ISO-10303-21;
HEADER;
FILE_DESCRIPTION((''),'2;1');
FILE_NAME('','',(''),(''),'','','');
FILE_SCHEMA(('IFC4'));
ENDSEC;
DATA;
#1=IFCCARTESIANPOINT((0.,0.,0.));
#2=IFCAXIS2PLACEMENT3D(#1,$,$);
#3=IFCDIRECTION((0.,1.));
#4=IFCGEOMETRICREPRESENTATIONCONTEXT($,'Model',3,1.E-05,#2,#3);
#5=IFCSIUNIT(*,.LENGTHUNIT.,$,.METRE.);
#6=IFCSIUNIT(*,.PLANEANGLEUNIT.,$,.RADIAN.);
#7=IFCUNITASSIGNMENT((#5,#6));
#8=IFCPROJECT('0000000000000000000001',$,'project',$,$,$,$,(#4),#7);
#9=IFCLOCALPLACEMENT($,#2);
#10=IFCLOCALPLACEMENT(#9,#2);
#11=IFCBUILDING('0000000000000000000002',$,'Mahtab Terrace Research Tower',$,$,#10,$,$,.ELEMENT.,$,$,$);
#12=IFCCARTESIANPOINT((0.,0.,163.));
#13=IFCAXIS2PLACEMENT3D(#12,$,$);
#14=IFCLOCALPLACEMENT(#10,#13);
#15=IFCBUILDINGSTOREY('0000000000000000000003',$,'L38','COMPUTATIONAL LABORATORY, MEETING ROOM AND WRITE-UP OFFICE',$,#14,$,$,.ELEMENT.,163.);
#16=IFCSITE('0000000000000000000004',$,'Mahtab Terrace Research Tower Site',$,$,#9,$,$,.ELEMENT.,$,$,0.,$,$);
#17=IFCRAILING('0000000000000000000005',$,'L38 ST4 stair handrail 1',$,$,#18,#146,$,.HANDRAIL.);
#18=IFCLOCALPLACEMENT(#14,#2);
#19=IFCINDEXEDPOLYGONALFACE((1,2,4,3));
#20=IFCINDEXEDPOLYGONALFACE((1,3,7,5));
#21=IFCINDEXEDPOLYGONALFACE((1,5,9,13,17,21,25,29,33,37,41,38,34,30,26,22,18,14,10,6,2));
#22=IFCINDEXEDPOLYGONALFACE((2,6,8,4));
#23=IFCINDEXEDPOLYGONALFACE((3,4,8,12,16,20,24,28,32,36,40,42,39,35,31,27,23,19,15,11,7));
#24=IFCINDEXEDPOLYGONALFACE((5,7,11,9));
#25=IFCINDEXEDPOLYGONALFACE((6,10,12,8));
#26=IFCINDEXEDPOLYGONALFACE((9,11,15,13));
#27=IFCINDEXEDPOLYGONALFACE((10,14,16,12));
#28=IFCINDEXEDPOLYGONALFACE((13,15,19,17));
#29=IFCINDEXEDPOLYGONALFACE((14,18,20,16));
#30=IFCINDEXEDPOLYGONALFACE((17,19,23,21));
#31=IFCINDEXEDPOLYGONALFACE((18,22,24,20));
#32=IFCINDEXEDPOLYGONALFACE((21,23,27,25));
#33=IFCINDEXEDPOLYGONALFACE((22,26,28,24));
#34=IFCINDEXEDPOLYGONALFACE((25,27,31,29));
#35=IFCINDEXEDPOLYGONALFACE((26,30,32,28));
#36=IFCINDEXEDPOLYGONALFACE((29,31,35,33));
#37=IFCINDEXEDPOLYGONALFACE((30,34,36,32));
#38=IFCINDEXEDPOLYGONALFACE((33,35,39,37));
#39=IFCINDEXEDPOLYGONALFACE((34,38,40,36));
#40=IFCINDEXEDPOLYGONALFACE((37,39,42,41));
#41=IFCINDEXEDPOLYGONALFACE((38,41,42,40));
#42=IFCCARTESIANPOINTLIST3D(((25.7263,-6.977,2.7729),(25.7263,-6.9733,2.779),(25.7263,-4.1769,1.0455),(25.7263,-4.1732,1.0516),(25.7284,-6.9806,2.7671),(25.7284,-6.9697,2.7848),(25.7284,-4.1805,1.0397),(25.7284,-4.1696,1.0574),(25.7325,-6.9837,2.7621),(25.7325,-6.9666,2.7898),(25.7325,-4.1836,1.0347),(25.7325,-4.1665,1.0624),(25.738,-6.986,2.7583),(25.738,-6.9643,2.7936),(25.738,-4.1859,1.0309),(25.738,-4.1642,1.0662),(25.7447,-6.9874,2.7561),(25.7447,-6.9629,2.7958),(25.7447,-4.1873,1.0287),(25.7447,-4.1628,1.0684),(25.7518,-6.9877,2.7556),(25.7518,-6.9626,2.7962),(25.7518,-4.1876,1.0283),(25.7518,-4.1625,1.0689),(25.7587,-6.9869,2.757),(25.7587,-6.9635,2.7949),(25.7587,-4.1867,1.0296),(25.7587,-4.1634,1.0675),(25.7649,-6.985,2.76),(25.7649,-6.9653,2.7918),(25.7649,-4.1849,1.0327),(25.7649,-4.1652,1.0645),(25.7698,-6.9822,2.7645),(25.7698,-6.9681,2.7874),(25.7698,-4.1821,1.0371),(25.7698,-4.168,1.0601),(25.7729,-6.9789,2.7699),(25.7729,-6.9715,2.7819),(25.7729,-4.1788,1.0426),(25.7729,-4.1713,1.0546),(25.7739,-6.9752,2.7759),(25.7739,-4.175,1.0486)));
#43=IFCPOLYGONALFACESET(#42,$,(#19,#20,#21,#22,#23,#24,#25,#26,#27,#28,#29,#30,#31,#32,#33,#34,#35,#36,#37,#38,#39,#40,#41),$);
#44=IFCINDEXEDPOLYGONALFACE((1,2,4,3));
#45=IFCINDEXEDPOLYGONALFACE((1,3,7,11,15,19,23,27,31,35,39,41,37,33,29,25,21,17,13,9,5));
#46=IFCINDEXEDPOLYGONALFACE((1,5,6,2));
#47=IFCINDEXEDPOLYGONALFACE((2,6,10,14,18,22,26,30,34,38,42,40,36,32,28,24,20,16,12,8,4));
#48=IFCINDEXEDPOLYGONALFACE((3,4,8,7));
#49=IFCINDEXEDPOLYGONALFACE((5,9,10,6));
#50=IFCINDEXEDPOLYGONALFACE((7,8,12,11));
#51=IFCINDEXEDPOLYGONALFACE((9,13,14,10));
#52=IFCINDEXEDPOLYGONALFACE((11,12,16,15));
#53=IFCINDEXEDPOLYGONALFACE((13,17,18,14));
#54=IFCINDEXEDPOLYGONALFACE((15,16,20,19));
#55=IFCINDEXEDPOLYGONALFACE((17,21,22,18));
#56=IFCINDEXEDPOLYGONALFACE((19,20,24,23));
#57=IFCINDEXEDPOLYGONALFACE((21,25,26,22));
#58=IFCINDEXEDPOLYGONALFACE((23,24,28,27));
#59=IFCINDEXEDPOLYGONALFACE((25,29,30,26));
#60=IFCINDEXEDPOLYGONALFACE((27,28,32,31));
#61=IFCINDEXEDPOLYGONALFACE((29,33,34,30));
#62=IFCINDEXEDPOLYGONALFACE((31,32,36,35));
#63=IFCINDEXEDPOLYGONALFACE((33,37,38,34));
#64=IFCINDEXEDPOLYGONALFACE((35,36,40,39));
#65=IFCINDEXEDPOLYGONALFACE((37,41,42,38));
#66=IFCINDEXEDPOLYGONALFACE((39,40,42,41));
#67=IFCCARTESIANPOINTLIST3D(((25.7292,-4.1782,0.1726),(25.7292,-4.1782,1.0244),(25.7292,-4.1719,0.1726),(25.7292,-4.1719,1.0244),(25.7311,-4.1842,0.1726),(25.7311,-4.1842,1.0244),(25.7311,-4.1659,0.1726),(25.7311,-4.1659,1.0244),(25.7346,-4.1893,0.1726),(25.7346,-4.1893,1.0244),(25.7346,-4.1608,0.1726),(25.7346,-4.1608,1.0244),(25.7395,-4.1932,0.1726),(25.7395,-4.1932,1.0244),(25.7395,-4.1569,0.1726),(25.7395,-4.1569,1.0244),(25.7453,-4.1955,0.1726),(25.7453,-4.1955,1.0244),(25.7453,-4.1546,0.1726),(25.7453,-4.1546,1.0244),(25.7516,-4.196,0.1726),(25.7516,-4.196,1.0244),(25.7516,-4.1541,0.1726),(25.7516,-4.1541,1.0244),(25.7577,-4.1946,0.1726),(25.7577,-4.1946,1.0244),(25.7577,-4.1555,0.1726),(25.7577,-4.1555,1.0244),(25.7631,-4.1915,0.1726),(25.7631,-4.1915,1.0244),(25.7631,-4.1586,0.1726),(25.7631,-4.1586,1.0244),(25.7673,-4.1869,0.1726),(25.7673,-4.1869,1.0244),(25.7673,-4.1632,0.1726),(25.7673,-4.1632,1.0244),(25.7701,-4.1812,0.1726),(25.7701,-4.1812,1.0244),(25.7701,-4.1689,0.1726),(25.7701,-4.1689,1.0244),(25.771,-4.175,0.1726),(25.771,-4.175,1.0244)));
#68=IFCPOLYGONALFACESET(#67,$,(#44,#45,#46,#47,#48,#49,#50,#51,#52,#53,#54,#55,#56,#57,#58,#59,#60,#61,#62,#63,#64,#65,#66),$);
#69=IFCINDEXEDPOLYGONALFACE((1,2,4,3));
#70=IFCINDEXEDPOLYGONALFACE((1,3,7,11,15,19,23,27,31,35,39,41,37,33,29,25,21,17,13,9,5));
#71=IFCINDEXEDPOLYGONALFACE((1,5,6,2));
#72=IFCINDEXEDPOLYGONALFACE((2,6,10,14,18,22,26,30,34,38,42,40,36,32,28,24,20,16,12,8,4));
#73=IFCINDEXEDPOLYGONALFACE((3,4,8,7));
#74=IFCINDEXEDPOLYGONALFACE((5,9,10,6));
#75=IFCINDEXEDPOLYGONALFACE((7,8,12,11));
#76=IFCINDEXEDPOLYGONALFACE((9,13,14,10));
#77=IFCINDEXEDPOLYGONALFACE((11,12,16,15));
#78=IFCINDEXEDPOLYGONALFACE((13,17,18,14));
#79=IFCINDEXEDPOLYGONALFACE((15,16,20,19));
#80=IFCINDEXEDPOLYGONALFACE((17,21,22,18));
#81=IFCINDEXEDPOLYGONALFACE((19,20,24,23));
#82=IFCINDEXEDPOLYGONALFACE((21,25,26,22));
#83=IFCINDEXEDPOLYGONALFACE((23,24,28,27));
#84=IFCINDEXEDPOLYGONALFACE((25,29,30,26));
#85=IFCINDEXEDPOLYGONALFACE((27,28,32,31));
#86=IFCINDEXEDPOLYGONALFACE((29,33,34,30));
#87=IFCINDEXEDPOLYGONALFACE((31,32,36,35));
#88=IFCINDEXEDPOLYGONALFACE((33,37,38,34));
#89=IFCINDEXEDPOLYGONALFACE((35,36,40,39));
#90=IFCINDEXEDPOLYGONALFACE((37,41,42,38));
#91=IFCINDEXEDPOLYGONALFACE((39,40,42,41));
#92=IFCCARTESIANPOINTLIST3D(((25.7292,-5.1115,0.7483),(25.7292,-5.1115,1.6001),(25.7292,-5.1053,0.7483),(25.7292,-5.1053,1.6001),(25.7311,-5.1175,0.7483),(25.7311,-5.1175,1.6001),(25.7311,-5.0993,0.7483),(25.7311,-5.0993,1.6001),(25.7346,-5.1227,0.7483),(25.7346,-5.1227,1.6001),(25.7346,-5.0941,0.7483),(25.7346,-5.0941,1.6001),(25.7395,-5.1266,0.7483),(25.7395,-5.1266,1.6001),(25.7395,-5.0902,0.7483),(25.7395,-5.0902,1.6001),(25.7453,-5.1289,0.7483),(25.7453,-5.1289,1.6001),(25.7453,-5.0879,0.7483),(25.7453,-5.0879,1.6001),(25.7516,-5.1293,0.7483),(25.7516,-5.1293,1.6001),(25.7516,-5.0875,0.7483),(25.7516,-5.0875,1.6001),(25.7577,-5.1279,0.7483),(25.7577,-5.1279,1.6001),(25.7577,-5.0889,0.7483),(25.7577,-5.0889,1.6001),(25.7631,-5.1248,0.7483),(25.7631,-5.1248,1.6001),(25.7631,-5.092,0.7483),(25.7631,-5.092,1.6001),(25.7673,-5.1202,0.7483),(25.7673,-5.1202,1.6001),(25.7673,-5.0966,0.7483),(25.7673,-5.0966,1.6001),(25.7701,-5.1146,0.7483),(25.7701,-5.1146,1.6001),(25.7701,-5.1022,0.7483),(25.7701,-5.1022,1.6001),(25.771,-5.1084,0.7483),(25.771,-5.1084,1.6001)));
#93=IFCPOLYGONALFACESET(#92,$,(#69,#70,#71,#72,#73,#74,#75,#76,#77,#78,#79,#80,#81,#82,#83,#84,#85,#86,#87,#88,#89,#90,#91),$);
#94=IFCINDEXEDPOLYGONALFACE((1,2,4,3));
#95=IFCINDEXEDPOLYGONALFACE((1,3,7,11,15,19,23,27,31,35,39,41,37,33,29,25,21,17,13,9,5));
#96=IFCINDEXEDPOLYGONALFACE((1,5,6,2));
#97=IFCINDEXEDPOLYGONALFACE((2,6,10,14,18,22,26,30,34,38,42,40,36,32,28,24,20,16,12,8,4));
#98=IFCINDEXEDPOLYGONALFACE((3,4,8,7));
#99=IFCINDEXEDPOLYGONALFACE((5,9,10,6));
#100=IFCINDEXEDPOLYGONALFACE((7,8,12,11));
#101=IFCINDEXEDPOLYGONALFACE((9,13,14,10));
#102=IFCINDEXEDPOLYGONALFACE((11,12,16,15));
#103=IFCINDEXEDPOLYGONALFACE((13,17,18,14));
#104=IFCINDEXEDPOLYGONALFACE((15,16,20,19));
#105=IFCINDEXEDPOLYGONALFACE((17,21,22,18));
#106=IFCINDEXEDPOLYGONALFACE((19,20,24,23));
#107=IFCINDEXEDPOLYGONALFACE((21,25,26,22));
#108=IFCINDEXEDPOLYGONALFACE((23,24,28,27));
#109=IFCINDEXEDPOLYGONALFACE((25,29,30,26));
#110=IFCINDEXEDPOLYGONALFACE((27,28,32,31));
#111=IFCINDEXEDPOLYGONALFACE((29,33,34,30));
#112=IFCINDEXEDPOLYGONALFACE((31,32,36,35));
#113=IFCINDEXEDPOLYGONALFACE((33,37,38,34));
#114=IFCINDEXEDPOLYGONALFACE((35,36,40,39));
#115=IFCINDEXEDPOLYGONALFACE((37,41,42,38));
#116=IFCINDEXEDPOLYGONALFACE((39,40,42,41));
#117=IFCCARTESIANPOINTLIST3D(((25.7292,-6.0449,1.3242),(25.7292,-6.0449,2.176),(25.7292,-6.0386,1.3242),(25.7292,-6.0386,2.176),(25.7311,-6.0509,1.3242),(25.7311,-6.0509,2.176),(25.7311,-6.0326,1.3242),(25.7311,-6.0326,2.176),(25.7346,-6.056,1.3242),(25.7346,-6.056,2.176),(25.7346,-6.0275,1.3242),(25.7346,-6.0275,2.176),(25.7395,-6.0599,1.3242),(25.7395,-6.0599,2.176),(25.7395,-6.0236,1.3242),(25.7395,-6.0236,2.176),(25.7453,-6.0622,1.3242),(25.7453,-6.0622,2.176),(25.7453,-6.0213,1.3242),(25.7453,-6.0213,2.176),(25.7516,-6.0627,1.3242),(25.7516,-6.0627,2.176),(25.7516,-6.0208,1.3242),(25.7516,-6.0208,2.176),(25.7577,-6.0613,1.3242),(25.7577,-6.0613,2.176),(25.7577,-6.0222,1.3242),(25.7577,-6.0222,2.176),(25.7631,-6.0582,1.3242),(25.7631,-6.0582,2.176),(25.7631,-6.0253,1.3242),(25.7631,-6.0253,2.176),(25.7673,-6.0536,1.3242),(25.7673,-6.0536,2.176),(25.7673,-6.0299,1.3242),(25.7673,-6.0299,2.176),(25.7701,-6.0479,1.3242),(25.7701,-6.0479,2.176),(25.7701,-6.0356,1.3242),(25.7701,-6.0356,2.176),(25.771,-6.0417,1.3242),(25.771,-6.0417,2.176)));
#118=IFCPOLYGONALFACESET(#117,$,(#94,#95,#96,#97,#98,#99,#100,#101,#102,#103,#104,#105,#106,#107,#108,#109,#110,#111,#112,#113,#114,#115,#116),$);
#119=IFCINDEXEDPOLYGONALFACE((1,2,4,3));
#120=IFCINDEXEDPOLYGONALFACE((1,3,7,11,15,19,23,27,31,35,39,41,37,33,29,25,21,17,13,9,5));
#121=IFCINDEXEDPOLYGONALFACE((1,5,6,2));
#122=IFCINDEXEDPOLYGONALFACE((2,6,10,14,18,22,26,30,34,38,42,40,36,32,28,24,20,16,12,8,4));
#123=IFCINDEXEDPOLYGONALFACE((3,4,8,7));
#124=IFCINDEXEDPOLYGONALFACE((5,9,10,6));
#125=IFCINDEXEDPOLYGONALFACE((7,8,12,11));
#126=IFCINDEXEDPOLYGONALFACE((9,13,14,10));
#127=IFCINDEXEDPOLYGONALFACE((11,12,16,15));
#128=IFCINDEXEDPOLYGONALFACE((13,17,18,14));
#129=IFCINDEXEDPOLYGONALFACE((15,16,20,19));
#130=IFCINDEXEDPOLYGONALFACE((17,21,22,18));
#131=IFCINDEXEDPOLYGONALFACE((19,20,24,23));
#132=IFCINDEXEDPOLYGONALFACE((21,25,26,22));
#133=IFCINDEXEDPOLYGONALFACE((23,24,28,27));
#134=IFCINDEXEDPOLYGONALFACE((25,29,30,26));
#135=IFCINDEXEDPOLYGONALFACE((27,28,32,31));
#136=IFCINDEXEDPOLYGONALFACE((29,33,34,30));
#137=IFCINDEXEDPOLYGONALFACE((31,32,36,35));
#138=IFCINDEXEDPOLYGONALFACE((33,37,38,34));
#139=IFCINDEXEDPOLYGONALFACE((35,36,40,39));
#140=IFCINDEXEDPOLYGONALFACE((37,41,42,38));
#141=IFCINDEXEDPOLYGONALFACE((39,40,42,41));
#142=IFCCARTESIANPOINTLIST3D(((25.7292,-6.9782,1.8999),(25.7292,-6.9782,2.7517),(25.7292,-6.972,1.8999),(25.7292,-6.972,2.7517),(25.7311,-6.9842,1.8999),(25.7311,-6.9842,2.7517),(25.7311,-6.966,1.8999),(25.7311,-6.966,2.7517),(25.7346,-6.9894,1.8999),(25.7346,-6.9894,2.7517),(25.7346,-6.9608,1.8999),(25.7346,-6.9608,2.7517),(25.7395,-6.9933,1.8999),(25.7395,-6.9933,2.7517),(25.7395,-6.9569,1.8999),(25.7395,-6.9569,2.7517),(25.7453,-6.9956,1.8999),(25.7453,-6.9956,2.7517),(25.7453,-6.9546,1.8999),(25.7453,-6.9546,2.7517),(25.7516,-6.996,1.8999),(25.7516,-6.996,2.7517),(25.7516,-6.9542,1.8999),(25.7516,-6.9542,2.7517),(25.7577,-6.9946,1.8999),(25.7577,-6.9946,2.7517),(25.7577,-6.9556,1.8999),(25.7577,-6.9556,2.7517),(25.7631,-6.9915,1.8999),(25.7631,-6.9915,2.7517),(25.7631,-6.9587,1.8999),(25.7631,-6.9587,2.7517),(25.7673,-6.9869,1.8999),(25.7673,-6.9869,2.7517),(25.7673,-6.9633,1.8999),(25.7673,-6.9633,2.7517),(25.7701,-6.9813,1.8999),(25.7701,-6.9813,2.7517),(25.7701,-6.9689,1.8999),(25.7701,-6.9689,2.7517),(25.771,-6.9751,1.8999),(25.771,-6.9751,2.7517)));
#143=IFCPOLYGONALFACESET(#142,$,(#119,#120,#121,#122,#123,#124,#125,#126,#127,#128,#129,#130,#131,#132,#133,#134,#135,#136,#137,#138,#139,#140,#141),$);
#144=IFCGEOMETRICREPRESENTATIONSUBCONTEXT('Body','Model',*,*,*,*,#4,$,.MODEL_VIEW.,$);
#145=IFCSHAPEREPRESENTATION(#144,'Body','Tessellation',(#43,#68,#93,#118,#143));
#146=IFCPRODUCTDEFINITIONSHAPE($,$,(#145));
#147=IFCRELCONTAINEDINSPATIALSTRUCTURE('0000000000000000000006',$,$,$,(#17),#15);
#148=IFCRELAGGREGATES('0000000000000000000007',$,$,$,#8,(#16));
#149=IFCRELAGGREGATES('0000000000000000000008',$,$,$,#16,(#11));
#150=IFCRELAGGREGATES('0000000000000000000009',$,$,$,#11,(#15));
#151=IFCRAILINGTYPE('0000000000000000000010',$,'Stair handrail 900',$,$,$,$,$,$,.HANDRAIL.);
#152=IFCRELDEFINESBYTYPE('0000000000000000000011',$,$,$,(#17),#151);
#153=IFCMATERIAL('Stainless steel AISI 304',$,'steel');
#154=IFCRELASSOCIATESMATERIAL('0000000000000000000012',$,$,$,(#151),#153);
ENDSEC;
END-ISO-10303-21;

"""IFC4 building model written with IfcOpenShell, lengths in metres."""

from ifc_helpers import new_model, si_unit, direction, frame, origin, origin_2d, place, context, subcontext, project, spatial, circle, extrude, material, type_object, element, save


model = new_model("IFC4")

# Units and contexts
model_context = context("Model", 3, precision=1e-05, world=origin(), true_north=direction((0.0, 1.0)))
body_context = subcontext(model_context, "Body", "Model", "MODEL_VIEW")
ifc_project = project(units=[si_unit("LENGTHUNIT", "METRE"), si_unit("PLANEANGLEUNIT", "RADIAN")], contexts=[model_context])

# Site, building, storey
site_placement = place(None, origin())
site = spatial("IfcSite", under=ifc_project, at=site_placement, Name="Mahtab Terrace Research Tower Site", CompositionType="ELEMENT", RefElevation=0.0)
building_placement = place(site_placement, origin())
building = spatial("IfcBuilding", under=site, at=building_placement, Name="Mahtab Terrace Research Tower", CompositionType="ELEMENT")
storey_placement = place(building_placement, frame((0.0, 0.0, 163.0)))
storey = spatial("IfcBuildingStorey", under=building, at=storey_placement, Name="L38", Description="COMPUTATIONAL LABORATORY, MEETING ROOM AND WRITE-UP OFFICE", CompositionType="ELEMENT", Elevation=163.0)

# Railing
ifc_material_1 = material(Name="Stainless steel AISI 304", Category="steel")
railing_type_1 = type_object("IfcRailingType", Name="Stair handrail 900", PredefinedType="HANDRAIL", material=ifc_material_1)
railing_1_placement = place(storey_placement, frame((25.75, -4.175, 0.1726)))
element("IfcRailing", 1, at=railing_1_placement, inside=storey, type_object=railing_type_1, Name="L38 ST4 stair handrail 1", PredefinedType="HANDRAIL", context=body_context, shape_type="SweptSolid", body=[
    extrude(circle(Radius=0.0239, at=origin_2d()), frame((0.0, 0.0, 0.876), z_axis=(0.0, -0.85109, 0.52502), x_axis=(1.0, 0.0, 0.0)), (0.0, 0.0, 1.0), 3.29),
    extrude(circle(Radius=0.021, at=origin_2d()), origin(), (0.0, 0.0, 1.0), 0.8518),
    extrude(circle(Radius=0.021, at=origin_2d()), frame((0.0, -0.9333, 0.5757)), (0.0, 0.0, 1.0), 0.8518),
    extrude(circle(Radius=0.021, at=origin_2d()), frame((0.0, -1.8667, 1.1516)), (0.0, 0.0, 1.0), 0.8518),
    extrude(circle(Radius=0.021, at=origin_2d()), frame((0.0, -2.8, 1.7273)), (0.0, 0.0, 1.0), 0.8518),
])

save(model, "model.ifc")
